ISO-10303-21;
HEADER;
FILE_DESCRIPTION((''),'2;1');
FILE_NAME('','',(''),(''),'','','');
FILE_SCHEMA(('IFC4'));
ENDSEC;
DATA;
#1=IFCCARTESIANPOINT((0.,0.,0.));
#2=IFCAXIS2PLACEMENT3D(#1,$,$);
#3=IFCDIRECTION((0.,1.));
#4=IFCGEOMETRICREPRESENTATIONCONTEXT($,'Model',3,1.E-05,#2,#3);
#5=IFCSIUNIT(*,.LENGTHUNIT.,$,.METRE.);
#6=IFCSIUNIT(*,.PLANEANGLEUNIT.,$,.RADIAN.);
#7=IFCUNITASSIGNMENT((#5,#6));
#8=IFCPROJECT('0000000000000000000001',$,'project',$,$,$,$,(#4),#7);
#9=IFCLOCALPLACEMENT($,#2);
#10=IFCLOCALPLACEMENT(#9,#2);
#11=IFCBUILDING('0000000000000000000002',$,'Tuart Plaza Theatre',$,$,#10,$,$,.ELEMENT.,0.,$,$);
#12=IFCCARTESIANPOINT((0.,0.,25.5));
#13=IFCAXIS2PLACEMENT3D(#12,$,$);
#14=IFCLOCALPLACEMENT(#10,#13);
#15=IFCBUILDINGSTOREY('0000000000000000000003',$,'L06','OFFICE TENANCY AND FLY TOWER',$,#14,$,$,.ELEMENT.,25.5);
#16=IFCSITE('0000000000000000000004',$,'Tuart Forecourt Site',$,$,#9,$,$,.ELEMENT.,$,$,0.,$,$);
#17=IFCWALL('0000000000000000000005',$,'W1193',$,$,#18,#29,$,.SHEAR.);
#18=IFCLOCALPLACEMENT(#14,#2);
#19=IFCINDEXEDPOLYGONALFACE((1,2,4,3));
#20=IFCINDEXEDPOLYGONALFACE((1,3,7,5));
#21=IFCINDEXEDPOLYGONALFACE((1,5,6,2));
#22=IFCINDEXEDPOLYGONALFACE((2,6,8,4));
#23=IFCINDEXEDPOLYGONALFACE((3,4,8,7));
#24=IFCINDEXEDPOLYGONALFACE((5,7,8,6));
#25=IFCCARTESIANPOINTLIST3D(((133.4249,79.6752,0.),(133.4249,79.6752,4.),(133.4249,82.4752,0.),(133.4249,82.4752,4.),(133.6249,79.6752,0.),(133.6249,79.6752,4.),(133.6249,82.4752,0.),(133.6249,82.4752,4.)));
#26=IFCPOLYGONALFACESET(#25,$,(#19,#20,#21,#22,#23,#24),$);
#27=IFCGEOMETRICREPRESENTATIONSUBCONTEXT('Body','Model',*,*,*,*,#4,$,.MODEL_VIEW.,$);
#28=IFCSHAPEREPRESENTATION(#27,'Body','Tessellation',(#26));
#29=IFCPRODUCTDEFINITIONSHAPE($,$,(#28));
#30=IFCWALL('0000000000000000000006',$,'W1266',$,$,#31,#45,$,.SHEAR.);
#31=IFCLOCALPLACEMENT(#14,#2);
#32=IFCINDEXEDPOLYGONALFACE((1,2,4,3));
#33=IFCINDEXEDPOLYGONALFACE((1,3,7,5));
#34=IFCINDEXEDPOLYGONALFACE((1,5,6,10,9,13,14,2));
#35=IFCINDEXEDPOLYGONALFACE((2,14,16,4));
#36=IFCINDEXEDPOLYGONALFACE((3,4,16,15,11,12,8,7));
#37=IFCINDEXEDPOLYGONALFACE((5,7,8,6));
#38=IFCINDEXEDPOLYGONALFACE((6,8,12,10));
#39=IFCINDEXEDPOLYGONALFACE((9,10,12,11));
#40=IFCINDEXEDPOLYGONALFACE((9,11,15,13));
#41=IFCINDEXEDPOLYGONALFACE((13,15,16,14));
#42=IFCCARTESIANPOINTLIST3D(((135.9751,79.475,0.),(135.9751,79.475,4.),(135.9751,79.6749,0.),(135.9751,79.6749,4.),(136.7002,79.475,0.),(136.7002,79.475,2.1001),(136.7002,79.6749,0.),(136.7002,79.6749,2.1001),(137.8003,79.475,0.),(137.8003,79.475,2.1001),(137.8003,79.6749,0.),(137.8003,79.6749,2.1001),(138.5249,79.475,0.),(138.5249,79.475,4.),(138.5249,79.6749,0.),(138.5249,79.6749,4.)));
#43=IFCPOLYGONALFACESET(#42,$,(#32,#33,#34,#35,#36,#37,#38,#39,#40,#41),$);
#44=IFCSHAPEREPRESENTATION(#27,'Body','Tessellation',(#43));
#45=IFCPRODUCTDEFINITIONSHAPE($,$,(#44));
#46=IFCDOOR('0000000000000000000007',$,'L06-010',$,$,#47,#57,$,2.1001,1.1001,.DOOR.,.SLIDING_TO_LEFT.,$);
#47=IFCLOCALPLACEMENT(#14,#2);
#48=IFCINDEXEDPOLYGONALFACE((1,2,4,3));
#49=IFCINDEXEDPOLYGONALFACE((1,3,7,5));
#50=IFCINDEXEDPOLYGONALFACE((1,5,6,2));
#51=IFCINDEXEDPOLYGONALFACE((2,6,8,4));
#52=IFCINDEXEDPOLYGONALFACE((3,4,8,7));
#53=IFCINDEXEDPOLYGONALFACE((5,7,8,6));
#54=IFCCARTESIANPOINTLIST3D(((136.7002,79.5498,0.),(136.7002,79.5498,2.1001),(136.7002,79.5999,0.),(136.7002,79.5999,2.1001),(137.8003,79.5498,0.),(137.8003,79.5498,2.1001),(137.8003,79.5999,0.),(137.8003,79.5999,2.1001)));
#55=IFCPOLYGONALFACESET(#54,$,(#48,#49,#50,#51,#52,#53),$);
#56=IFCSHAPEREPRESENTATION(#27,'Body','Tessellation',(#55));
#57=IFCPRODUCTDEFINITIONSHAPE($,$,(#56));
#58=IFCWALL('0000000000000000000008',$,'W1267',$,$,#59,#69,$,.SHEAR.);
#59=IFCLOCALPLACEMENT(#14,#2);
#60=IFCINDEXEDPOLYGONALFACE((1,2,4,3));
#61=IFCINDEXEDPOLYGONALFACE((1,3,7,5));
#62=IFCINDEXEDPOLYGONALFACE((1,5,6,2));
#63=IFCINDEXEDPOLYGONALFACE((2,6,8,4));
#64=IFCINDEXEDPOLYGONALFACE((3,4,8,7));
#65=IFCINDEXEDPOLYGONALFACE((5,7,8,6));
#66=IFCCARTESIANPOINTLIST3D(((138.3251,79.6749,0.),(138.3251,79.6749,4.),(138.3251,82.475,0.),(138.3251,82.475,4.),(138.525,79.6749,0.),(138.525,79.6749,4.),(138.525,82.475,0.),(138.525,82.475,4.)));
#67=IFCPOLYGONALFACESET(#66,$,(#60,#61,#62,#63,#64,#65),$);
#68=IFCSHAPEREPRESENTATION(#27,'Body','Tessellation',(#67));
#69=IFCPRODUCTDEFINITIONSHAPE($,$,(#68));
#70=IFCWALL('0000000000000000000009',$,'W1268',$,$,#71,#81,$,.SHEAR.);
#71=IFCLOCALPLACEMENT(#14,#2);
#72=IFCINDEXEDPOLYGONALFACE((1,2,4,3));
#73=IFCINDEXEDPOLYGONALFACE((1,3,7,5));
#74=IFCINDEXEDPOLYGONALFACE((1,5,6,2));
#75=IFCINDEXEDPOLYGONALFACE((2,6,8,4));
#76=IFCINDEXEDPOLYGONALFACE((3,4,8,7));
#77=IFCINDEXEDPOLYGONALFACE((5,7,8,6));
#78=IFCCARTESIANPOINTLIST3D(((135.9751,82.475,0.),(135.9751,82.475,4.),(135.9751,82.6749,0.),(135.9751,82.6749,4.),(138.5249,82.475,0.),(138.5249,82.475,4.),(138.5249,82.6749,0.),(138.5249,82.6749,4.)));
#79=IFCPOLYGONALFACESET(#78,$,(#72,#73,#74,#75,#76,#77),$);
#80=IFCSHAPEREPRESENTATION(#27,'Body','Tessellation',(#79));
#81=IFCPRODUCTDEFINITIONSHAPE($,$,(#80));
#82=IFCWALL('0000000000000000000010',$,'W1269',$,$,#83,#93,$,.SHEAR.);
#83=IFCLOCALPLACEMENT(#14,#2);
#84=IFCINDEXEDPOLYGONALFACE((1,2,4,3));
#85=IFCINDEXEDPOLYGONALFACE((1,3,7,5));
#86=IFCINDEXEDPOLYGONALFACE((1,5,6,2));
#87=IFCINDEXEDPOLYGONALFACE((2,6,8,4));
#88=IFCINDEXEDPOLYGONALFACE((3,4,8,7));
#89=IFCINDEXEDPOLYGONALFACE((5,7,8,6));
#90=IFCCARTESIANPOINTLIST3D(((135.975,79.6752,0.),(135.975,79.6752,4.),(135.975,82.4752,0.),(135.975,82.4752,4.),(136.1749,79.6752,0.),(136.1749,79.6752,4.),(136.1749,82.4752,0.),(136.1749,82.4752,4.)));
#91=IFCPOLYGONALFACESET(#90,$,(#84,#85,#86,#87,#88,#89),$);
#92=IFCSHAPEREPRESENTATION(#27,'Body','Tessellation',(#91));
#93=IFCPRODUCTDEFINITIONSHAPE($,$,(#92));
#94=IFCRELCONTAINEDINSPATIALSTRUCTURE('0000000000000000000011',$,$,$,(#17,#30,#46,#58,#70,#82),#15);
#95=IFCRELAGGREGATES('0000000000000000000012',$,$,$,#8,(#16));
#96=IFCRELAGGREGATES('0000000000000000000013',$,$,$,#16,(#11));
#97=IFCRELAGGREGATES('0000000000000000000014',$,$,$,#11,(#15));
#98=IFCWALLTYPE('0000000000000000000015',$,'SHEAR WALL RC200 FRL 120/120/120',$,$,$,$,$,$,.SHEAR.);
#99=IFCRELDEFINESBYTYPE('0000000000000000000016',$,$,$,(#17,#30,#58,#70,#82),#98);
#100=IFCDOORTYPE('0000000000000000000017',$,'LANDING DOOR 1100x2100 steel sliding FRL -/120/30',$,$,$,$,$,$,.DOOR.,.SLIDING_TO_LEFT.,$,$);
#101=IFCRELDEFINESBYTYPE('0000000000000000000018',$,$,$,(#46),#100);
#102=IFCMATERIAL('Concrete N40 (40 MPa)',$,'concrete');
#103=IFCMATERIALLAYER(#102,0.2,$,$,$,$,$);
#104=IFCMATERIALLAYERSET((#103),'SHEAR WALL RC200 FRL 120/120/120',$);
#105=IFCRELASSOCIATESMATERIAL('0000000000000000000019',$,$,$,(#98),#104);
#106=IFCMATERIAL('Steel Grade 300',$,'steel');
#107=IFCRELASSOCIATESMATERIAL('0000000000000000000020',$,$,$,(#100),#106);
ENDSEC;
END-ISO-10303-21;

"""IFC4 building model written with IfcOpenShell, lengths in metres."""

from ifc_helpers import new_model, si_unit, direction, frame, frame_2d, origin, place, context, subcontext, project, spatial, rectangle, extrude, material, layer, layer_set, type_object, element, fill, save


model = new_model("IFC4")

# Units and contexts
model_context = context("Model", 3, precision=1e-05, world=origin(), true_north=direction((0.0, 1.0)))
body_context = subcontext(model_context, "Body", "Model", "MODEL_VIEW")
ifc_project = project(units=[si_unit("LENGTHUNIT", "METRE"), si_unit("PLANEANGLEUNIT", "RADIAN")], contexts=[model_context])

# Site, building, storey
site_placement = place(None, origin())
site = spatial("IfcSite", under=ifc_project, at=site_placement, Name="Tuart Forecourt Site", CompositionType="ELEMENT", RefElevation=0.0)
building_placement = place(site_placement, origin())
building = spatial("IfcBuilding", under=site, at=building_placement, Name="Tuart Plaza Theatre", CompositionType="ELEMENT", ElevationOfRefHeight=0.0)
storey_placement = place(building_placement, frame((0.0, 0.0, 25.5)))
storey = spatial("IfcBuildingStorey", under=building, at=storey_placement, Name="L06", Description="OFFICE TENANCY AND FLY TOWER", CompositionType="ELEMENT", Elevation=25.5)

# Shared definitions
ifc_material_1 = material(Name="Concrete N40 (40 MPa)", Category="concrete")
ifc_layer_1 = layer(ifc_material_1, 0.2)
ifc_layer_set_1 = layer_set([ifc_layer_1], Name="SHEAR WALL RC200 FRL 120/120/120")
wall_type_1 = type_object("IfcWallType", Name="SHEAR WALL RC200 FRL 120/120/120", PredefinedType="SHEAR", material=ifc_layer_set_1)

# Shared definitions
ifc_material_2 = material(Name="Steel Grade 300", Category="steel")
door_type_1 = type_object("IfcDoorType", Name="LANDING DOOR 1100x2100 steel sliding FRL -/120/30", OperationType="SLIDING_TO_LEFT", PredefinedType="DOOR", material=ifc_material_2)

# Wall
wall_1_placement = place(storey_placement, frame((133.5249, 82.4751, 0.0), z_axis=(0.0, 0.0, 1.0), x_axis=(0.0, -1.0, 0.0)))
element("IfcWall", 1, at=wall_1_placement, inside=storey, type_object=wall_type_1, Name="W1193", PredefinedType="SHEAR", context=body_context, shape_type="SweptSolid", body=[
    extrude(rectangle(XDim=2.8, YDim=0.2, at=frame_2d((1.3999, 0.0))), origin(), (0.0, 0.0, 1.0), 4.0),
])

# Wall, opening, door
wall_2_placement = place(storey_placement, frame((135.9751, 79.575, 0.0), z_axis=(0.0, 0.0, 1.0), x_axis=(1.0, 0.0, 0.0)))
wall_2 = element("IfcWall", 2, at=wall_2_placement, inside=storey, type_object=wall_type_1, Name="W1266", PredefinedType="SHEAR", context=body_context, shape_type="SweptSolid", body=[
    extrude(rectangle(XDim=2.5498, YDim=0.2, at=frame_2d((1.2749, 0.0))), origin(), (0.0, 0.0, 1.0), 4.0),
])
opening_1_placement = place(wall_2_placement, frame((0.7251, 0.0, 0.0)))
opening_1 = element("IfcOpeningElement", 3, at=opening_1_placement, cuts=wall_2, PredefinedType="OPENING", context=body_context, shape_type="SweptSolid", body=[
    extrude(rectangle(XDim=1.1001, YDim=2.1001, at=frame_2d((0.55, 1.05))), frame((0.0, 0.1099, 0.0), z_axis=(0.0, -1.0, 0.0), x_axis=(1.0, 0.0, 0.0)), (0.0, 0.0, 1.0), 0.22),
])
door_1_placement = place(opening_1_placement, origin())
door_1 = element("IfcDoor", 4, at=door_1_placement, inside=storey, type_object=door_type_1, Name="L06-010", OperationType="SLIDING_TO_LEFT", OverallHeight=2.1001, OverallWidth=1.1001, PredefinedType="DOOR", context=body_context, shape_type="SweptSolid", body=[
    extrude(rectangle(XDim=1.1001, YDim=2.1001, at=frame_2d((0.55, 1.05))), frame((0.0, 0.0249, 0.0), z_axis=(0.0, -1.0, 0.0), x_axis=(1.0, 0.0, 0.0)), (0.0, 0.0, 1.0), 0.05),
])
fill(opening_1, door_1)

# Walls
wall_3_placement = place(storey_placement, frame((138.425, 79.675, 0.0), z_axis=(0.0, 0.0, 1.0), x_axis=(0.0, 1.0, 0.0)))
element("IfcWall", 5, at=wall_3_placement, inside=storey, type_object=wall_type_1, Name="W1267", PredefinedType="SHEAR", context=body_context, shape_type="SweptSolid", body=[
    extrude(rectangle(XDim=2.8, YDim=0.2, at=frame_2d((1.3999, 0.0))), origin(), (0.0, 0.0, 1.0), 4.0),
])
wall_4_placement = place(storey_placement, frame((138.5249, 82.575, 0.0), z_axis=(0.0, 0.0, 1.0), x_axis=(-1.0, 0.0, 0.0)))
element("IfcWall", 6, at=wall_4_placement, inside=storey, type_object=wall_type_1, Name="W1268", PredefinedType="SHEAR", context=body_context, shape_type="SweptSolid", body=[
    extrude(rectangle(XDim=2.5498, YDim=0.2, at=frame_2d((1.2749, 0.0))), origin(), (0.0, 0.0, 1.0), 4.0),
])
wall_5_placement = place(storey_placement, frame((136.075, 82.4751, 0.0), z_axis=(0.0, 0.0, 1.0), x_axis=(0.0, -1.0, 0.0)))
element("IfcWall", 7, at=wall_5_placement, inside=storey, type_object=wall_type_1, Name="W1269", PredefinedType="SHEAR", context=body_context, shape_type="SweptSolid", body=[
    extrude(rectangle(XDim=2.8, YDim=0.2, at=frame_2d((1.3999, 0.0))), origin(), (0.0, 0.0, 1.0), 4.0),
])

save(model, "model.ifc")
